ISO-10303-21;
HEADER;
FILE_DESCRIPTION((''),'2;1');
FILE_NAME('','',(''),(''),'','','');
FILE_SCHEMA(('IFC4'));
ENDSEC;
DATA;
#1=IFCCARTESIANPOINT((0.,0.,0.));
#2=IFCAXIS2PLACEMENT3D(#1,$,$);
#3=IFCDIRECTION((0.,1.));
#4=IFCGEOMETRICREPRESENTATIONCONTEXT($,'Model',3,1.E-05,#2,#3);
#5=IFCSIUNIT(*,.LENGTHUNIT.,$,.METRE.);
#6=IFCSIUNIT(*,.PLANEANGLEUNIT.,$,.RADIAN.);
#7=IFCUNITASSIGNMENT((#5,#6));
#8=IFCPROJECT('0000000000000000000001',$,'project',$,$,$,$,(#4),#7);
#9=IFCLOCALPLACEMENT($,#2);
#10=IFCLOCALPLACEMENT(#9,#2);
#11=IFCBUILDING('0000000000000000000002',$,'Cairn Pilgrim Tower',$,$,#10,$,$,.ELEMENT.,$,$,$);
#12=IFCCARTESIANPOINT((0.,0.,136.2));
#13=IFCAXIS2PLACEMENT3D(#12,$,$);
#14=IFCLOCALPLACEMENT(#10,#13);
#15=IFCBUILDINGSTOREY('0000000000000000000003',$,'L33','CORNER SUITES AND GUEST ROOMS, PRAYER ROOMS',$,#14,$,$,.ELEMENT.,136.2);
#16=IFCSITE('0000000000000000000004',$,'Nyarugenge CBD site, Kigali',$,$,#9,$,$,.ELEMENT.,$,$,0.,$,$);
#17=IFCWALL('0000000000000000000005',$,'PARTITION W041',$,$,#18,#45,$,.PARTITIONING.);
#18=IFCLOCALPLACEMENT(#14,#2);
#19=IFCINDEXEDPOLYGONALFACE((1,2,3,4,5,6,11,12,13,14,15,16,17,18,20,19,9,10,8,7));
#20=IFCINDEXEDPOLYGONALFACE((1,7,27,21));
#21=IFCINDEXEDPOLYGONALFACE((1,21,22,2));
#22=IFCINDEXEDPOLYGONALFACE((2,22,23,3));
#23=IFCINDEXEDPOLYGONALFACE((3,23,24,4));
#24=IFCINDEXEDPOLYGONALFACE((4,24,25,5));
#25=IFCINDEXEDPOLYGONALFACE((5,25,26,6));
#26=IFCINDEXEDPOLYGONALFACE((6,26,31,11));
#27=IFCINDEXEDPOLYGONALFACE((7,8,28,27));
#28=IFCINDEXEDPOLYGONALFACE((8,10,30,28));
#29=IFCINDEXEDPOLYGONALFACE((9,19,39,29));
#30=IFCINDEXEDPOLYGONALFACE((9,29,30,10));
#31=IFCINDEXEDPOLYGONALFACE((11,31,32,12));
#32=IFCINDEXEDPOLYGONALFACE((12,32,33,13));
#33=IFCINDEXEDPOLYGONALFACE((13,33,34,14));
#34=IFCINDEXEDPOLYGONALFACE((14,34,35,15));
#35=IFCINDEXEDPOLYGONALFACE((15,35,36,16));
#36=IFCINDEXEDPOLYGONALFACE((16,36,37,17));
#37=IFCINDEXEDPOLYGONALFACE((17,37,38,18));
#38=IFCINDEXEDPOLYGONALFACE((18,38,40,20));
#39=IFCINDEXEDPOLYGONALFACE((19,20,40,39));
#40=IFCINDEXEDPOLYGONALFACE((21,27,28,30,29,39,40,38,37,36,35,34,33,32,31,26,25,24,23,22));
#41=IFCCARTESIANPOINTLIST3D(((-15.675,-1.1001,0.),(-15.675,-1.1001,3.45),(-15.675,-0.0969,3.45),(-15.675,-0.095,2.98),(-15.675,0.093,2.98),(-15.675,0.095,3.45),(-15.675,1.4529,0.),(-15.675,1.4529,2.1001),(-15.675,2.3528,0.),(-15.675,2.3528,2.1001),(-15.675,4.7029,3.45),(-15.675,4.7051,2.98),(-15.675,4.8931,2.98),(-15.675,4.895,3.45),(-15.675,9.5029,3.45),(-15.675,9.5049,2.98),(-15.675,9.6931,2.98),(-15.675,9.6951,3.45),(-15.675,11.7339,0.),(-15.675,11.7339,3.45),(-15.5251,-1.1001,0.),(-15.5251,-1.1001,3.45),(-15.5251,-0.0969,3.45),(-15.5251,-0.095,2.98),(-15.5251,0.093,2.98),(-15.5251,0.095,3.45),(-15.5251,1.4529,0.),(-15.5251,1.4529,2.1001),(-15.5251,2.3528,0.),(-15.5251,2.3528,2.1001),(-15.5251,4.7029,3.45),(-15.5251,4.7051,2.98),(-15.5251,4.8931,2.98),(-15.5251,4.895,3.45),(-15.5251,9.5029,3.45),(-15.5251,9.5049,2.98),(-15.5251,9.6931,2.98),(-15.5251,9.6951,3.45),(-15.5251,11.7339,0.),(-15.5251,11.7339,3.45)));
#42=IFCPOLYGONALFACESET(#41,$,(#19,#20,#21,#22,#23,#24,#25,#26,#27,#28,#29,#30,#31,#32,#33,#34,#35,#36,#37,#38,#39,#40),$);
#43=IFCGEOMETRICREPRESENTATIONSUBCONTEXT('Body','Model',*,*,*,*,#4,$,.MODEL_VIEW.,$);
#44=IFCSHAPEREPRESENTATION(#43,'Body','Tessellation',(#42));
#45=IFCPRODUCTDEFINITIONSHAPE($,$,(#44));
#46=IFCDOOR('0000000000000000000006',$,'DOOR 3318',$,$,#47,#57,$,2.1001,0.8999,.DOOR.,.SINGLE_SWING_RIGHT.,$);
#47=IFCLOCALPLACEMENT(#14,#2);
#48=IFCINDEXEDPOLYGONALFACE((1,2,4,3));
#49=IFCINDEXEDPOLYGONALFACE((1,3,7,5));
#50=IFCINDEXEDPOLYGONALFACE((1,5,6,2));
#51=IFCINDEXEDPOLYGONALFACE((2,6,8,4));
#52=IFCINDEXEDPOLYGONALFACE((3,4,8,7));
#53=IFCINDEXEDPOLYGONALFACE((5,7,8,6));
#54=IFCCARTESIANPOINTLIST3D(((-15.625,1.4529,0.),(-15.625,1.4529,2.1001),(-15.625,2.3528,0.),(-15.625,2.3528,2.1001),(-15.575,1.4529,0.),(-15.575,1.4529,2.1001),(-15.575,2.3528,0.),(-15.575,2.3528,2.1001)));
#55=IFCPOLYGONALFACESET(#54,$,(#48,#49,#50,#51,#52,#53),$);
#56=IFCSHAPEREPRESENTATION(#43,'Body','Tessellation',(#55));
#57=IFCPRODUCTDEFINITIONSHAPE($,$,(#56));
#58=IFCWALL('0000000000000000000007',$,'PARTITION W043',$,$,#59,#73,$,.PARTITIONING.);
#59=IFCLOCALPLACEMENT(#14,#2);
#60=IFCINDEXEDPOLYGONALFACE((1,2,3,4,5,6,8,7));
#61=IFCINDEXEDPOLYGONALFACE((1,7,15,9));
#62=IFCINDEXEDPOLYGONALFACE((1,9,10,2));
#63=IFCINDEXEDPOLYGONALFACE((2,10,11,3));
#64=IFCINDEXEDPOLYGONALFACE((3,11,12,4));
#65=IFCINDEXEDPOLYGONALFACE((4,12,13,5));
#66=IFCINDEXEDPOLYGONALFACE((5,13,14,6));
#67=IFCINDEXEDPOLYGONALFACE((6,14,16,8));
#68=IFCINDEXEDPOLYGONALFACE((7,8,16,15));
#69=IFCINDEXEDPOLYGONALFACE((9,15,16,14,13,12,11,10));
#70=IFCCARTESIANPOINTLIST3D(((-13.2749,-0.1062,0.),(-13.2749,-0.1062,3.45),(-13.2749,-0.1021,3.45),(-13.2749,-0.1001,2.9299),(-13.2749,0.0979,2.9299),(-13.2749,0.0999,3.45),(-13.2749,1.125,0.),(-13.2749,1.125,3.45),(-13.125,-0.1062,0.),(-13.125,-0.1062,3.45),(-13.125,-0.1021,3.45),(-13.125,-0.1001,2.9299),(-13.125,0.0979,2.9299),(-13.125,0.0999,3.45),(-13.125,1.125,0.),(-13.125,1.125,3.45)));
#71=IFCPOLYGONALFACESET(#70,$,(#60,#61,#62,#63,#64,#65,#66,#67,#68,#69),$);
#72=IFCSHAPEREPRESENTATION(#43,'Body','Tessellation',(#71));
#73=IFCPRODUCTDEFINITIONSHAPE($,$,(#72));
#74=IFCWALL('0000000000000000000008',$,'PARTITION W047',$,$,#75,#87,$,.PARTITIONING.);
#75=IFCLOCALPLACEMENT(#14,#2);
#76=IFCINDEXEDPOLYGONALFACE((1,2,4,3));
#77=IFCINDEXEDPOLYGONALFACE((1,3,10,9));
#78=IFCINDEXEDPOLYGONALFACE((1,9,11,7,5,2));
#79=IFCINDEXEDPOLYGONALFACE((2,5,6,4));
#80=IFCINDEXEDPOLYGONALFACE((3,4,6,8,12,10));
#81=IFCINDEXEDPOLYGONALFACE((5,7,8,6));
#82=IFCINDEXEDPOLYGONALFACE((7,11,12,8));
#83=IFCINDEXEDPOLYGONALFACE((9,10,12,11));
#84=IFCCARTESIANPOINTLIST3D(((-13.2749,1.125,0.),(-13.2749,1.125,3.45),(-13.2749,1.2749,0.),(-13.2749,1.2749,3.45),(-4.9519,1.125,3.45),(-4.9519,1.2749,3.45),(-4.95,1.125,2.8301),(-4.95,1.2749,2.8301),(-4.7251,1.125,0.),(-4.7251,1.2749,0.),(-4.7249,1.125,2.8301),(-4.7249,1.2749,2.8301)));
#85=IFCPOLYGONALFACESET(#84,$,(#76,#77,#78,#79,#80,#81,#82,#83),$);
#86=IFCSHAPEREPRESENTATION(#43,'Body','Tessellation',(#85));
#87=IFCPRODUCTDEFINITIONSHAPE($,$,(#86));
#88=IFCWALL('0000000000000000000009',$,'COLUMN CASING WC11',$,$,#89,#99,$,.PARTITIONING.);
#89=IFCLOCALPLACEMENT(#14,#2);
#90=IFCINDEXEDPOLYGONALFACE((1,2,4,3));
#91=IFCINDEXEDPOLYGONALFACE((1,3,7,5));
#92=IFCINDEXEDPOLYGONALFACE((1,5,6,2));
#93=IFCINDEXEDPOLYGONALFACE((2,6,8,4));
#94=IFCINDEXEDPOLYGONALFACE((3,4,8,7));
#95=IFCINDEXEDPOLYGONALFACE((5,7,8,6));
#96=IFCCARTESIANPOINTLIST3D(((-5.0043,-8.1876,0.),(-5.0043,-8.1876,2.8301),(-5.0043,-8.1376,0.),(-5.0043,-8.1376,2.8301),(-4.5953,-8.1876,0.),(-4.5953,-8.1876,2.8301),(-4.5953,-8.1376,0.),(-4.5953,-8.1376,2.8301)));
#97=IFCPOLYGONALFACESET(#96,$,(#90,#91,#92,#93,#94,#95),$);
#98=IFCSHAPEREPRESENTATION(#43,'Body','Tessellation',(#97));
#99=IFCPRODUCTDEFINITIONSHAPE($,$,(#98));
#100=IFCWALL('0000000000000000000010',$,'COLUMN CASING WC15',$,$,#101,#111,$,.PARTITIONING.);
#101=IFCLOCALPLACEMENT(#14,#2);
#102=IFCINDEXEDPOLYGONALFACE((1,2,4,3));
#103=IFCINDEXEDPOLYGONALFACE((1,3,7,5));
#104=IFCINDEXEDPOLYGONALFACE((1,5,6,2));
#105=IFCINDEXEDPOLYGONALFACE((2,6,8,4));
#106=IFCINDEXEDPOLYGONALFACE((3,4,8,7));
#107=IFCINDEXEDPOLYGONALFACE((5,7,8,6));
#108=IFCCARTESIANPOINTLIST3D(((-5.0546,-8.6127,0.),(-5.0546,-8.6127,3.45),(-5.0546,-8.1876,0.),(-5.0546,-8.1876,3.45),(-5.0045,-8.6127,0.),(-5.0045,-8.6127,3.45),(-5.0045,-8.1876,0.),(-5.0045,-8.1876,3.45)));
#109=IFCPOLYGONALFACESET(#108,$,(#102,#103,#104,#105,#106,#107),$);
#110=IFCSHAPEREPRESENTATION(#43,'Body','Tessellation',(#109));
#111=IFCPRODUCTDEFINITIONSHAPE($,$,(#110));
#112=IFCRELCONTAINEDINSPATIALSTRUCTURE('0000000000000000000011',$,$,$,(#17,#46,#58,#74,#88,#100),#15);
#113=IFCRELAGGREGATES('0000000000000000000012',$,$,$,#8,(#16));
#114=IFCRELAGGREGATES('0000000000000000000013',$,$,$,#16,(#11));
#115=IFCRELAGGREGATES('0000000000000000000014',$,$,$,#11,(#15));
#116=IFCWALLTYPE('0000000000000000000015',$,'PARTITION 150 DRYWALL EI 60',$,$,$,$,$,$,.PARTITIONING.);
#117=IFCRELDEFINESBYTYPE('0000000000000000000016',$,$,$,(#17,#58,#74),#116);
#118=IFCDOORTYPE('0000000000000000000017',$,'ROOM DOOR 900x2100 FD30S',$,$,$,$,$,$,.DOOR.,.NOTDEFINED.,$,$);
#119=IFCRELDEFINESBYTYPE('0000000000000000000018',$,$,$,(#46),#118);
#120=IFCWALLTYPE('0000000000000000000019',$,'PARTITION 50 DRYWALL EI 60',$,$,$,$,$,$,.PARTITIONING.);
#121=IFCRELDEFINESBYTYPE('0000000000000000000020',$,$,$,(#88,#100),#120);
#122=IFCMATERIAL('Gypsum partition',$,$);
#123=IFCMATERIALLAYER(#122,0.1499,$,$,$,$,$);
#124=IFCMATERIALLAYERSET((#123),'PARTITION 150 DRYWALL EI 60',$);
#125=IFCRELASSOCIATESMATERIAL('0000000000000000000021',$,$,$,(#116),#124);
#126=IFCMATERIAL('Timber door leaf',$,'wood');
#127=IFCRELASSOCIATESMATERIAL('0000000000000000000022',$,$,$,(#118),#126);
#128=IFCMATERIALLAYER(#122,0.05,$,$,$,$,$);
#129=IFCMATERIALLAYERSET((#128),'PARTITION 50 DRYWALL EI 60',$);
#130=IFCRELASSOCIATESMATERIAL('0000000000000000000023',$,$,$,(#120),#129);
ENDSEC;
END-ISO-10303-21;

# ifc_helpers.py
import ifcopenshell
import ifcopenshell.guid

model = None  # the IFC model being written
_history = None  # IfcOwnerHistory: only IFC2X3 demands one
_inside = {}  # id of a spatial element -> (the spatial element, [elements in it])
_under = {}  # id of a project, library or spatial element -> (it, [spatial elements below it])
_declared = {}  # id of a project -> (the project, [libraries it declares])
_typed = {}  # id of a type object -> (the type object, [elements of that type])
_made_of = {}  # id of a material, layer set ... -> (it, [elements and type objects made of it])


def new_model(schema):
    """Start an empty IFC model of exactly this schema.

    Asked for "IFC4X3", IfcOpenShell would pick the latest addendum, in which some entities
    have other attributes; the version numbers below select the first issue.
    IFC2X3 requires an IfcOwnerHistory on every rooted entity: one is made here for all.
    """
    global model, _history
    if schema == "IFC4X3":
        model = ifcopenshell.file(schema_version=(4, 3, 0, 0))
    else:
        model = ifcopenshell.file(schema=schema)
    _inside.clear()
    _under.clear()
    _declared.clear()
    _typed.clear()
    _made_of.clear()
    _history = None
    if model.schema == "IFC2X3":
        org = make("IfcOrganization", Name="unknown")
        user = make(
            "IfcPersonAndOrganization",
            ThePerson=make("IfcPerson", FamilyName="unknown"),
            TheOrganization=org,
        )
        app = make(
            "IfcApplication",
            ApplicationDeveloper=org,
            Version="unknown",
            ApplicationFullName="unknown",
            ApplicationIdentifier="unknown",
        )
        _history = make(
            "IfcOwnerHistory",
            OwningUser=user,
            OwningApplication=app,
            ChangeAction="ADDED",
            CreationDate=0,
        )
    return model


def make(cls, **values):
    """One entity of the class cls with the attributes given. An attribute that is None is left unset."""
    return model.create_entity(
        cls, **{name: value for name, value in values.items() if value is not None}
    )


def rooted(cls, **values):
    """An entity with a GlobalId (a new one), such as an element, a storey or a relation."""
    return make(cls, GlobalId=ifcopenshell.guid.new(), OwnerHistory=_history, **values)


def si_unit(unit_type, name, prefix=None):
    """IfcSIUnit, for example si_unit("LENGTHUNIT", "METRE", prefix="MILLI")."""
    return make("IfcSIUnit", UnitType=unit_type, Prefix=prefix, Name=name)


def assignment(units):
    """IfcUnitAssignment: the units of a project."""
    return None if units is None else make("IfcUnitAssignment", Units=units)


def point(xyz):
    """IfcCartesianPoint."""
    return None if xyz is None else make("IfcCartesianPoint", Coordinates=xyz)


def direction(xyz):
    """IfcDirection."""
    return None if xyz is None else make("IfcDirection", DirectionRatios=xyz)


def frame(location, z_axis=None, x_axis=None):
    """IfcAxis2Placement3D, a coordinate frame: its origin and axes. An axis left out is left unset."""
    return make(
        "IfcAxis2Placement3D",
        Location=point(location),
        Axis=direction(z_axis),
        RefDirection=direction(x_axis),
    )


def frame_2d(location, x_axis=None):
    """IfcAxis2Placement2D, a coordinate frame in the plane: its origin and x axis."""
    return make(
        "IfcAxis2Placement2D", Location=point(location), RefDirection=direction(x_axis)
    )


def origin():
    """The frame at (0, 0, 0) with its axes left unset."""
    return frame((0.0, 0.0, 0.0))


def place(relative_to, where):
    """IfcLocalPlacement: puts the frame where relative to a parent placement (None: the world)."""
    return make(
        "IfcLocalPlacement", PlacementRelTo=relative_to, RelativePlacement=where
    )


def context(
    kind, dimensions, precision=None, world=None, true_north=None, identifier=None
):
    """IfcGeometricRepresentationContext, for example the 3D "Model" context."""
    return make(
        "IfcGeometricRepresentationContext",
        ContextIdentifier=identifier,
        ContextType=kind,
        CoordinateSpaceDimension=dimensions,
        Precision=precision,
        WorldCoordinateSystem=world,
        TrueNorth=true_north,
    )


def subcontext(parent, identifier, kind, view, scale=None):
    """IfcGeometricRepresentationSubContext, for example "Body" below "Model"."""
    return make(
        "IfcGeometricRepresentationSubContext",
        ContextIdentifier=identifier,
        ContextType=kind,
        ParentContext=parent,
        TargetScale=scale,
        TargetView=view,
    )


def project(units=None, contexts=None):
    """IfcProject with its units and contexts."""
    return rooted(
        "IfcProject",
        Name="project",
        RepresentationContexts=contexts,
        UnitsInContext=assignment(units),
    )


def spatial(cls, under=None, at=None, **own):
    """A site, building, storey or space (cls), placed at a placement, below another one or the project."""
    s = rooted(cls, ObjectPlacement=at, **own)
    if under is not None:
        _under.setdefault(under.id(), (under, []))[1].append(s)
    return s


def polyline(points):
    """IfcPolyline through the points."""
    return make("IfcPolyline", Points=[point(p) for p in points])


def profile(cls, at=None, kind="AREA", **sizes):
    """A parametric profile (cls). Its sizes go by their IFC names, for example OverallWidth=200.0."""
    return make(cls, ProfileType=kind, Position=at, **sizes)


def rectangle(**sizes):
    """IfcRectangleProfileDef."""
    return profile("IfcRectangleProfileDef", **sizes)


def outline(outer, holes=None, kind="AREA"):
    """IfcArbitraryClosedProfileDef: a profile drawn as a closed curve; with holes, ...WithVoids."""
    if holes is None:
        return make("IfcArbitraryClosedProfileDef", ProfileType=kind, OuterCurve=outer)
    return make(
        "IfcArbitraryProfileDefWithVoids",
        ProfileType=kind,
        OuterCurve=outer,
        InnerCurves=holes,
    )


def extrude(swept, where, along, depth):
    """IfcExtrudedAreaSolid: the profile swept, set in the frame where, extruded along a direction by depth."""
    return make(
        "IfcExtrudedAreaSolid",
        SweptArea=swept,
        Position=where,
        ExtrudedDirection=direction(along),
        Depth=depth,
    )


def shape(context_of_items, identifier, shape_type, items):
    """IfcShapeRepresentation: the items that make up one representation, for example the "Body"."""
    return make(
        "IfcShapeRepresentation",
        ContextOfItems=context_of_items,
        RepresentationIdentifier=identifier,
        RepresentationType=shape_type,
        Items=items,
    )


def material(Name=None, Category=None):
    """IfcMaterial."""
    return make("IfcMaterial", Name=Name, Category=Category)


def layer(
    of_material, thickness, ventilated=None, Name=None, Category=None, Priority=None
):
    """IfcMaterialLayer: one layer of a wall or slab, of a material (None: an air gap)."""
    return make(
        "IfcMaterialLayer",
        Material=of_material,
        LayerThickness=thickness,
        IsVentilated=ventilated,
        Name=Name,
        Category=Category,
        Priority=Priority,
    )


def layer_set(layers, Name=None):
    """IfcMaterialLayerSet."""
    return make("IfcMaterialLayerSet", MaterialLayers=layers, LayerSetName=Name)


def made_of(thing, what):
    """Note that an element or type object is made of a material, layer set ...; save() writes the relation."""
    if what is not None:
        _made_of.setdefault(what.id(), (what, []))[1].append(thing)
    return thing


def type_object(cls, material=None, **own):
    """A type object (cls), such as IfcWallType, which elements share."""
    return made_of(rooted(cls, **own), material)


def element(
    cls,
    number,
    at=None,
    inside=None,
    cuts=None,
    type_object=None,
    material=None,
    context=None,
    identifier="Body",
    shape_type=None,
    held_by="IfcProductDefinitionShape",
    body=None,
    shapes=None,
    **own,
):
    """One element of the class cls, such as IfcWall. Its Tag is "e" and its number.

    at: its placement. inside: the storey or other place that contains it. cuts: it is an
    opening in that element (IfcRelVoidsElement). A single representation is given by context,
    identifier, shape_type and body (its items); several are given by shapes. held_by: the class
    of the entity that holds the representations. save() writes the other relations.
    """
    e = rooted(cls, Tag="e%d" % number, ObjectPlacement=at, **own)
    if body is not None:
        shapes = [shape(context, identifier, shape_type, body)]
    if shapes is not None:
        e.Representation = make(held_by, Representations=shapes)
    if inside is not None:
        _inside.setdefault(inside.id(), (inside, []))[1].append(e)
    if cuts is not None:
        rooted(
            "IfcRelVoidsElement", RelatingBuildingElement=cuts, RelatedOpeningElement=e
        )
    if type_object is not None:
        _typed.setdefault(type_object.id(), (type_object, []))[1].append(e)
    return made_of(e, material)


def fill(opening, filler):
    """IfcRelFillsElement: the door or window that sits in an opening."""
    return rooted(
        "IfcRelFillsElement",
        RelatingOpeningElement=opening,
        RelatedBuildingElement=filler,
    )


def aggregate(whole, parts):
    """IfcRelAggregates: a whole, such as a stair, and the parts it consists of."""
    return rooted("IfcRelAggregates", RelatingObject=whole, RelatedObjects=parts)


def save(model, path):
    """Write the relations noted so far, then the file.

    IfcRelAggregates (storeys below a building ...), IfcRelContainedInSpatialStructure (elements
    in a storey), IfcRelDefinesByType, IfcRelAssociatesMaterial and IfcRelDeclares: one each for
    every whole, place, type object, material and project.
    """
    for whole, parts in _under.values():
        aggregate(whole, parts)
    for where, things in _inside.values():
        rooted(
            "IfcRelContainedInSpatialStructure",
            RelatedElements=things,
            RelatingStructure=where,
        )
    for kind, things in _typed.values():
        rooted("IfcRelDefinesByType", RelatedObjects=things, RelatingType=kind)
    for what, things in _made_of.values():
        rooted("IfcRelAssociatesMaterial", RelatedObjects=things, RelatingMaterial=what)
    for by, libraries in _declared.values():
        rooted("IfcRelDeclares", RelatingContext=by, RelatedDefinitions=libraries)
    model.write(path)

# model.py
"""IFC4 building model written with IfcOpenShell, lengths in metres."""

from ifc_helpers import new_model, si_unit, direction, frame, frame_2d, origin, place, context, subcontext, project, spatial, polyline, rectangle, outline, extrude, material, layer, layer_set, type_object, element, fill, save


model = new_model("IFC4")

# Units and contexts
model_context = context("Model", 3, precision=1e-05, world=origin(), true_north=direction((0.0, 1.0)))
body_context = subcontext(model_context, "Body", "Model", "MODEL_VIEW")
ifc_project = project(units=[si_unit("LENGTHUNIT", "METRE"), si_unit("PLANEANGLEUNIT", "RADIAN")], contexts=[model_context])

# Site, building, storey
site_placement = place(None, origin())
site = spatial("IfcSite", under=ifc_project, at=site_placement, Name="Nyarugenge CBD site, Kigali", CompositionType="ELEMENT", RefElevation=0.0)
building_placement = place(site_placement, origin())
building = spatial("IfcBuilding", under=site, at=building_placement, Name="Cairn Pilgrim Tower", CompositionType="ELEMENT")
storey_placement = place(building_placement, frame((0.0, 0.0, 136.2)))
storey = spatial("IfcBuildingStorey", under=building, at=storey_placement, Name="L33", Description="CORNER SUITES AND GUEST ROOMS, PRAYER ROOMS", CompositionType="ELEMENT", Elevation=136.2)

# Shared definitions
ifc_material_1 = material(Name="Gypsum partition")
ifc_material_2 = material(Name="Timber door leaf", Category="wood")

# Shared definitions
ifc_layer_1 = layer(ifc_material_1, 0.1499)
ifc_layer_set_1 = layer_set([ifc_layer_1], Name="PARTITION 150 DRYWALL EI 60")
wall_type_1 = type_object("IfcWallType", Name="PARTITION 150 DRYWALL EI 60", PredefinedType="PARTITIONING", material=ifc_layer_set_1)

# Wall, opening, door
wall_1_placement = place(storey_placement, frame((-15.6001, -1.1001, 0.0), z_axis=(0.0, 0.0, 1.0), x_axis=(0.0, 1.0, 0.0)))
wall_1 = element("IfcWall", 1, at=wall_1_placement, inside=storey, type_object=wall_type_1, Name="PARTITION W041", PredefinedType="PARTITIONING", context=body_context, shape_type="SweptSolid", body=[
    extrude(outline(polyline([(0.0, 0.0), (12.834, 0.0), (12.834, 3.45), (10.7952, 3.45), (10.7932, 2.98), (10.605, 2.98), (10.603, 3.45), (5.9951, 3.45), (5.9932, 2.98), (5.8052, 2.98), (5.803, 3.45), (1.1951, 3.45), (1.1931, 2.98), (1.0051, 2.98), (1.0032, 3.45), (0.0, 3.45), (0.0, 0.0)])), frame((0.0, 0.075, 0.0), z_axis=(0.0, -1.0, 0.0), x_axis=(1.0, 0.0, 0.0)), (0.0, 0.0, 1.0), 0.1499),
])
opening_1_placement = place(wall_1_placement, frame((2.553, 0.0, 0.0)))
opening_1 = element("IfcOpeningElement", 2, at=opening_1_placement, cuts=wall_1, PredefinedType="OPENING", context=body_context, shape_type="SweptSolid", body=[
    extrude(rectangle(XDim=0.8999, YDim=2.1001, at=frame_2d((0.45, 1.05))), frame((0.0, 0.085, 0.0), z_axis=(0.0, -1.0, 0.0), x_axis=(1.0, 0.0, 0.0)), (0.0, 0.0, 1.0), 0.1699),
])
door_type_1 = type_object("IfcDoorType", Name="ROOM DOOR 900x2100 FD30S", OperationType="NOTDEFINED", PredefinedType="DOOR", material=ifc_material_2)
door_1_placement = place(opening_1_placement, origin())
door_1 = element("IfcDoor", 3, at=door_1_placement, inside=storey, type_object=door_type_1, Name="DOOR 3318", OperationType="SINGLE_SWING_RIGHT", OverallHeight=2.1001, OverallWidth=0.8999, PredefinedType="DOOR", context=body_context, shape_type="SweptSolid", body=[
    extrude(rectangle(XDim=0.8999, YDim=2.1001, at=frame_2d((0.45, 1.05))), frame((0.0, 0.0249, 0.0), z_axis=(0.0, -1.0, 0.0), x_axis=(1.0, 0.0, 0.0)), (0.0, 0.0, 1.0), 0.05),
])
fill(opening_1, door_1)

# Walls
wall_2_placement = place(storey_placement, frame((-13.2, -0.1062, 0.0), z_axis=(0.0, 0.0, 1.0), x_axis=(0.0, 1.0, 0.0)))
element("IfcWall", 4, at=wall_2_placement, inside=storey, type_object=wall_type_1, Name="PARTITION W043", PredefinedType="PARTITIONING", context=body_context, shape_type="SweptSolid", body=[
    extrude(outline(polyline([(0.0, 0.0), (1.2312, 0.0), (1.2312, 3.45), (0.2061, 3.45), (0.2041, 2.9299), (0.0061, 2.9299), (0.0042, 3.45), (0.0, 3.45), (0.0, 0.0)])), frame((0.0, 0.075, 0.0), z_axis=(0.0, -1.0, 0.0), x_axis=(1.0, 0.0, 0.0)), (0.0, 0.0, 1.0), 0.1499),
])
wall_3_placement = place(storey_placement, frame((-13.2749, 1.2, 0.0), z_axis=(0.0, 0.0, 1.0), x_axis=(1.0, 0.0, 0.0)))
element("IfcWall", 5, at=wall_3_placement, inside=storey, type_object=wall_type_1, Name="PARTITION W047", PredefinedType="PARTITIONING", context=body_context, shape_type="SweptSolid", body=[
    extrude(outline(polyline([(0.0, 0.0), (8.5498, 0.0), (8.55, 2.8301), (8.325, 2.8301), (8.323, 3.45), (0.0, 3.45), (0.0, 0.0)])), frame((0.0, 0.075, 0.0), z_axis=(0.0, -1.0, 0.0), x_axis=(1.0, 0.0, 0.0)), (0.0, 0.0, 1.0), 0.1499),
])
ifc_layer_2 = layer(ifc_material_1, 0.05)
ifc_layer_set_2 = layer_set([ifc_layer_2], Name="PARTITION 50 DRYWALL EI 60")
wall_type_2 = type_object("IfcWallType", Name="PARTITION 50 DRYWALL EI 60", PredefinedType="PARTITIONING", material=ifc_layer_set_2)
wall_4_placement = place(storey_placement, frame((-5.0044, -8.1626, 0.0), z_axis=(0.0, 0.0, 1.0), x_axis=(1.0, 0.0, 0.0)))
element("IfcWall", 6, at=wall_4_placement, inside=storey, type_object=wall_type_2, Name="COLUMN CASING WC11", PredefinedType="PARTITIONING", context=body_context, shape_type="SweptSolid", body=[
    extrude(rectangle(XDim=0.4089, YDim=0.05, at=frame_2d((0.2046, 0.0))), origin(), (0.0, 0.0, 1.0), 2.8301),
])
wall_5_placement = place(storey_placement, frame((-5.0295, -8.6125, 0.0), z_axis=(0.0, 0.0, 1.0), x_axis=(0.0, 1.0, 0.0)))
element("IfcWall", 7, at=wall_5_placement, inside=storey, type_object=wall_type_2, Name="COLUMN CASING WC15", PredefinedType="PARTITIONING", context=body_context, shape_type="SweptSolid", body=[
    extrude(rectangle(XDim=0.425, YDim=0.05, at=frame_2d((0.2124, 0.0))), origin(), (0.0, 0.0, 1.0), 3.45),
])

save(model, "model.ifc")
